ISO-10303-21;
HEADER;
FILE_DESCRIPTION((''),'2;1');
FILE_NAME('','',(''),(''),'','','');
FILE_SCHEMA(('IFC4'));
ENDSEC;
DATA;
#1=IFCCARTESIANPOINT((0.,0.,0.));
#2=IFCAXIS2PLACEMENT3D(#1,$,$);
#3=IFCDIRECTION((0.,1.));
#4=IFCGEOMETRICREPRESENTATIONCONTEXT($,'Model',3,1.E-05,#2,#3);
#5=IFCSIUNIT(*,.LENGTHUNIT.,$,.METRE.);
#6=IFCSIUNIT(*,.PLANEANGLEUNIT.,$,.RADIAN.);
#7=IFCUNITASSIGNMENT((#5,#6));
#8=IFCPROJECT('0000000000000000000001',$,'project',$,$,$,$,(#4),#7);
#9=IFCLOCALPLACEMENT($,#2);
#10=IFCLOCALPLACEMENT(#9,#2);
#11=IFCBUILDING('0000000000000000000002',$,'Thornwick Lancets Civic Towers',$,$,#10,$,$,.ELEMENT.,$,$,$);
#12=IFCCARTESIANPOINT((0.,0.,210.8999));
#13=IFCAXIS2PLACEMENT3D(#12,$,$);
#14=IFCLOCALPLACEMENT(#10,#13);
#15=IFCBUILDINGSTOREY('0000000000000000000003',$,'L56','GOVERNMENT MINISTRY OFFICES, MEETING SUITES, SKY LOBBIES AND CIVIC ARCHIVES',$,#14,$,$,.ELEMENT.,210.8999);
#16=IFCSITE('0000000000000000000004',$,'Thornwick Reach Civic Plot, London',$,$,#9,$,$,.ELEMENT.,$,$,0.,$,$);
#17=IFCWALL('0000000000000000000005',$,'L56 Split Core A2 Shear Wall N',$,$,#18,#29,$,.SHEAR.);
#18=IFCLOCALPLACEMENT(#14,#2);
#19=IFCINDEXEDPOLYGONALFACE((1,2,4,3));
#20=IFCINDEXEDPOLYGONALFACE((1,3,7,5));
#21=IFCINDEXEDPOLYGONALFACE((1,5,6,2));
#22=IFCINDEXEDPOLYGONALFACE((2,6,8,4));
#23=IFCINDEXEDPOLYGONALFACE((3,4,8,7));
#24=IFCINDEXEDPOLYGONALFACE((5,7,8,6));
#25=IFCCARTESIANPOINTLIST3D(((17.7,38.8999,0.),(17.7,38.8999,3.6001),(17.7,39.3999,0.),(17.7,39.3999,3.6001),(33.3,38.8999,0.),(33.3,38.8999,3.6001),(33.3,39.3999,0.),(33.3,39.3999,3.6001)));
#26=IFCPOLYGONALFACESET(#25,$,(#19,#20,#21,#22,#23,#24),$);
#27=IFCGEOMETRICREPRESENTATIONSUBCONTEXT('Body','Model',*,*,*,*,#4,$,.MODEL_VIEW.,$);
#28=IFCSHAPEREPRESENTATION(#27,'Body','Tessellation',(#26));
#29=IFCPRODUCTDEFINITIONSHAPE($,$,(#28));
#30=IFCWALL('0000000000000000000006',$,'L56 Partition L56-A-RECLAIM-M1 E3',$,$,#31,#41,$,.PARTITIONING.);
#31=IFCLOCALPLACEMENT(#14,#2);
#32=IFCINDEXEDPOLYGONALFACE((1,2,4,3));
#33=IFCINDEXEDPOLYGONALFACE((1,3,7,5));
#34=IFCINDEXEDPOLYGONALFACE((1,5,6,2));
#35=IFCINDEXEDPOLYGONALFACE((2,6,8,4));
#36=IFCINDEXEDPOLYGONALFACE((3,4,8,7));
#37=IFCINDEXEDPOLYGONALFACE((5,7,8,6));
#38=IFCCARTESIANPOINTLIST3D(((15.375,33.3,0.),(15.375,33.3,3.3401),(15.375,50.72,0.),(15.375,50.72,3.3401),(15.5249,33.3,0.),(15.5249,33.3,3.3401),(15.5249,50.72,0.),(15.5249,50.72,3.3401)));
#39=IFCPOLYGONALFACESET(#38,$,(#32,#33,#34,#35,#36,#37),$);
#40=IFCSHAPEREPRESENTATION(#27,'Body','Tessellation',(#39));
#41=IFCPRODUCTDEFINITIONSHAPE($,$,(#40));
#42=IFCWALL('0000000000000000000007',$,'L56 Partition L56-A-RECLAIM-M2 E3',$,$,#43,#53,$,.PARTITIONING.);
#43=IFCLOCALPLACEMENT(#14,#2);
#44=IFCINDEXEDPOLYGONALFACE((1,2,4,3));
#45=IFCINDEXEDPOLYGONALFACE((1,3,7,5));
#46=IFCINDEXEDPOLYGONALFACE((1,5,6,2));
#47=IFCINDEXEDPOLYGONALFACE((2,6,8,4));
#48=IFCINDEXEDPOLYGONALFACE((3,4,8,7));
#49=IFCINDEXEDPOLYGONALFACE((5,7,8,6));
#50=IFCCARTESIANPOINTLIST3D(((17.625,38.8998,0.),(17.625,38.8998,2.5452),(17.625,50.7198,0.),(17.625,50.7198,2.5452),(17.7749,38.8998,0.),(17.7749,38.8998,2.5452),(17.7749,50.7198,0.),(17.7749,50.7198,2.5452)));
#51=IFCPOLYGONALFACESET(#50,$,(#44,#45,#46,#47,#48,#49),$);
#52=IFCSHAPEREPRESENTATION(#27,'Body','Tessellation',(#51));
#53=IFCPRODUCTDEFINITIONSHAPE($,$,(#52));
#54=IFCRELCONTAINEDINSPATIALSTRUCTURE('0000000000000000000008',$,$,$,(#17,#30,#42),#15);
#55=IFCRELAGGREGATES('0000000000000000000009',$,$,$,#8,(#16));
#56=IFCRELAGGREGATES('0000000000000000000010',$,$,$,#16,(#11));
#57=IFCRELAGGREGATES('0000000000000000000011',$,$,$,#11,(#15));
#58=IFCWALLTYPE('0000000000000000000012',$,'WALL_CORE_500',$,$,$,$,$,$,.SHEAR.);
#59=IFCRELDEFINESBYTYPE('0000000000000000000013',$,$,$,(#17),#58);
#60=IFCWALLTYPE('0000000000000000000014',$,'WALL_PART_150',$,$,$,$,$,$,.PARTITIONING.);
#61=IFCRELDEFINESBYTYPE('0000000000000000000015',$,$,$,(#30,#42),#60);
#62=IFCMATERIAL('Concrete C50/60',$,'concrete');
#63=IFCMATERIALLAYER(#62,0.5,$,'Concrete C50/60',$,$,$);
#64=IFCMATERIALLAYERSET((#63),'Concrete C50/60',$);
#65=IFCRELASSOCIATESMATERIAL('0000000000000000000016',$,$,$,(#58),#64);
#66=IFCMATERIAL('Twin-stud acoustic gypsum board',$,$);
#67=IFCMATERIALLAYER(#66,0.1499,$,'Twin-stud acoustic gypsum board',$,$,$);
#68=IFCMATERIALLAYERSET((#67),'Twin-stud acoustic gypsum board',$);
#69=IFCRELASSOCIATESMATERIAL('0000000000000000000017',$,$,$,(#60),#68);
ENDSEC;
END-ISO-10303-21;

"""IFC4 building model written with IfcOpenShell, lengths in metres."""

from ifc_helpers import new_model, si_unit, direction, frame, frame_2d, origin, place, context, subcontext, project, spatial, rectangle, extrude, material, layer, layer_set, type_object, element, save


model = new_model("IFC4")

# Units and contexts
model_context = context("Model", 3, precision=1e-05, world=origin(), true_north=direction((0.0, 1.0)))
body_context = subcontext(model_context, "Body", "Model", "MODEL_VIEW")
ifc_project = project(units=[si_unit("LENGTHUNIT", "METRE"), si_unit("PLANEANGLEUNIT", "RADIAN")], contexts=[model_context])

# Site, building, storey
site_placement = place(None, origin())
site = spatial("IfcSite", under=ifc_project, at=site_placement, Name="Thornwick Reach Civic Plot, London", CompositionType="ELEMENT", RefElevation=0.0)
building_placement = place(site_placement, origin())
building = spatial("IfcBuilding", under=site, at=building_placement, Name="Thornwick Lancets Civic Towers", CompositionType="ELEMENT")
storey_placement = place(building_placement, frame((0.0, 0.0, 210.8999)))
storey = spatial("IfcBuildingStorey", under=building, at=storey_placement, Name="L56", Description="GOVERNMENT MINISTRY OFFICES, MEETING SUITES, SKY LOBBIES AND CIVIC ARCHIVES", CompositionType="ELEMENT", Elevation=210.8999)

# Shared definitions
ifc_material_1 = material(Name="Concrete C50/60", Category="concrete")

# Walls
ifc_layer_1 = layer(ifc_material_1, 0.5, Name="Concrete C50/60")
ifc_layer_set_1 = layer_set([ifc_layer_1], Name="Concrete C50/60")
wall_type_1 = type_object("IfcWallType", Name="WALL_CORE_500", PredefinedType="SHEAR", material=ifc_layer_set_1)
wall_1_placement = place(storey_placement, frame((17.7, 39.1499, 0.0), z_axis=(0.0, 0.0, 1.0), x_axis=(1.0, 0.0, 0.0)))
element("IfcWall", 1, at=wall_1_placement, inside=storey, type_object=wall_type_1, Name="L56 Split Core A2 Shear Wall N", PredefinedType="SHEAR", context=body_context, shape_type="SweptSolid", body=[
    extrude(rectangle(XDim=15.6001, YDim=0.5, at=frame_2d((7.8, 0.0))), origin(), (0.0, 0.0, 1.0), 3.6001),
])
ifc_material_2 = material(Name="Twin-stud acoustic gypsum board")
ifc_layer_2 = layer(ifc_material_2, 0.1499, Name="Twin-stud acoustic gypsum board")
ifc_layer_set_2 = layer_set([ifc_layer_2], Name="Twin-stud acoustic gypsum board")
wall_type_2 = type_object("IfcWallType", Name="WALL_PART_150", PredefinedType="PARTITIONING", material=ifc_layer_set_2)
wall_2_placement = place(storey_placement, frame((15.45, 50.72, 0.0), z_axis=(0.0, 0.0, 1.0), x_axis=(0.0, -1.0, 0.0)))
element("IfcWall", 2, at=wall_2_placement, inside=storey, type_object=wall_type_2, Name="L56 Partition L56-A-RECLAIM-M1 E3", PredefinedType="PARTITIONING", context=body_context, shape_type="SweptSolid", body=[
    extrude(rectangle(XDim=17.4199, YDim=0.1499, at=frame_2d((8.71, 0.0))), origin(), (0.0, 0.0, 1.0), 3.3401),
])
wall_3_placement = place(storey_placement, frame((17.7, 50.72, 0.0), z_axis=(0.0, 0.0, 1.0), x_axis=(0.0, -1.0, 0.0)))
element("IfcWall", 3, at=wall_3_placement, inside=storey, type_object=wall_type_2, Name="L56 Partition L56-A-RECLAIM-M2 E3", PredefinedType="PARTITIONING", context=body_context, shape_type="SweptSolid", body=[
    extrude(rectangle(XDim=11.8201, YDim=0.1499, at=frame_2d((5.9102, 0.0))), origin(), (0.0, 0.0, 1.0), 2.5452),
])

save(model, "model.ifc")
